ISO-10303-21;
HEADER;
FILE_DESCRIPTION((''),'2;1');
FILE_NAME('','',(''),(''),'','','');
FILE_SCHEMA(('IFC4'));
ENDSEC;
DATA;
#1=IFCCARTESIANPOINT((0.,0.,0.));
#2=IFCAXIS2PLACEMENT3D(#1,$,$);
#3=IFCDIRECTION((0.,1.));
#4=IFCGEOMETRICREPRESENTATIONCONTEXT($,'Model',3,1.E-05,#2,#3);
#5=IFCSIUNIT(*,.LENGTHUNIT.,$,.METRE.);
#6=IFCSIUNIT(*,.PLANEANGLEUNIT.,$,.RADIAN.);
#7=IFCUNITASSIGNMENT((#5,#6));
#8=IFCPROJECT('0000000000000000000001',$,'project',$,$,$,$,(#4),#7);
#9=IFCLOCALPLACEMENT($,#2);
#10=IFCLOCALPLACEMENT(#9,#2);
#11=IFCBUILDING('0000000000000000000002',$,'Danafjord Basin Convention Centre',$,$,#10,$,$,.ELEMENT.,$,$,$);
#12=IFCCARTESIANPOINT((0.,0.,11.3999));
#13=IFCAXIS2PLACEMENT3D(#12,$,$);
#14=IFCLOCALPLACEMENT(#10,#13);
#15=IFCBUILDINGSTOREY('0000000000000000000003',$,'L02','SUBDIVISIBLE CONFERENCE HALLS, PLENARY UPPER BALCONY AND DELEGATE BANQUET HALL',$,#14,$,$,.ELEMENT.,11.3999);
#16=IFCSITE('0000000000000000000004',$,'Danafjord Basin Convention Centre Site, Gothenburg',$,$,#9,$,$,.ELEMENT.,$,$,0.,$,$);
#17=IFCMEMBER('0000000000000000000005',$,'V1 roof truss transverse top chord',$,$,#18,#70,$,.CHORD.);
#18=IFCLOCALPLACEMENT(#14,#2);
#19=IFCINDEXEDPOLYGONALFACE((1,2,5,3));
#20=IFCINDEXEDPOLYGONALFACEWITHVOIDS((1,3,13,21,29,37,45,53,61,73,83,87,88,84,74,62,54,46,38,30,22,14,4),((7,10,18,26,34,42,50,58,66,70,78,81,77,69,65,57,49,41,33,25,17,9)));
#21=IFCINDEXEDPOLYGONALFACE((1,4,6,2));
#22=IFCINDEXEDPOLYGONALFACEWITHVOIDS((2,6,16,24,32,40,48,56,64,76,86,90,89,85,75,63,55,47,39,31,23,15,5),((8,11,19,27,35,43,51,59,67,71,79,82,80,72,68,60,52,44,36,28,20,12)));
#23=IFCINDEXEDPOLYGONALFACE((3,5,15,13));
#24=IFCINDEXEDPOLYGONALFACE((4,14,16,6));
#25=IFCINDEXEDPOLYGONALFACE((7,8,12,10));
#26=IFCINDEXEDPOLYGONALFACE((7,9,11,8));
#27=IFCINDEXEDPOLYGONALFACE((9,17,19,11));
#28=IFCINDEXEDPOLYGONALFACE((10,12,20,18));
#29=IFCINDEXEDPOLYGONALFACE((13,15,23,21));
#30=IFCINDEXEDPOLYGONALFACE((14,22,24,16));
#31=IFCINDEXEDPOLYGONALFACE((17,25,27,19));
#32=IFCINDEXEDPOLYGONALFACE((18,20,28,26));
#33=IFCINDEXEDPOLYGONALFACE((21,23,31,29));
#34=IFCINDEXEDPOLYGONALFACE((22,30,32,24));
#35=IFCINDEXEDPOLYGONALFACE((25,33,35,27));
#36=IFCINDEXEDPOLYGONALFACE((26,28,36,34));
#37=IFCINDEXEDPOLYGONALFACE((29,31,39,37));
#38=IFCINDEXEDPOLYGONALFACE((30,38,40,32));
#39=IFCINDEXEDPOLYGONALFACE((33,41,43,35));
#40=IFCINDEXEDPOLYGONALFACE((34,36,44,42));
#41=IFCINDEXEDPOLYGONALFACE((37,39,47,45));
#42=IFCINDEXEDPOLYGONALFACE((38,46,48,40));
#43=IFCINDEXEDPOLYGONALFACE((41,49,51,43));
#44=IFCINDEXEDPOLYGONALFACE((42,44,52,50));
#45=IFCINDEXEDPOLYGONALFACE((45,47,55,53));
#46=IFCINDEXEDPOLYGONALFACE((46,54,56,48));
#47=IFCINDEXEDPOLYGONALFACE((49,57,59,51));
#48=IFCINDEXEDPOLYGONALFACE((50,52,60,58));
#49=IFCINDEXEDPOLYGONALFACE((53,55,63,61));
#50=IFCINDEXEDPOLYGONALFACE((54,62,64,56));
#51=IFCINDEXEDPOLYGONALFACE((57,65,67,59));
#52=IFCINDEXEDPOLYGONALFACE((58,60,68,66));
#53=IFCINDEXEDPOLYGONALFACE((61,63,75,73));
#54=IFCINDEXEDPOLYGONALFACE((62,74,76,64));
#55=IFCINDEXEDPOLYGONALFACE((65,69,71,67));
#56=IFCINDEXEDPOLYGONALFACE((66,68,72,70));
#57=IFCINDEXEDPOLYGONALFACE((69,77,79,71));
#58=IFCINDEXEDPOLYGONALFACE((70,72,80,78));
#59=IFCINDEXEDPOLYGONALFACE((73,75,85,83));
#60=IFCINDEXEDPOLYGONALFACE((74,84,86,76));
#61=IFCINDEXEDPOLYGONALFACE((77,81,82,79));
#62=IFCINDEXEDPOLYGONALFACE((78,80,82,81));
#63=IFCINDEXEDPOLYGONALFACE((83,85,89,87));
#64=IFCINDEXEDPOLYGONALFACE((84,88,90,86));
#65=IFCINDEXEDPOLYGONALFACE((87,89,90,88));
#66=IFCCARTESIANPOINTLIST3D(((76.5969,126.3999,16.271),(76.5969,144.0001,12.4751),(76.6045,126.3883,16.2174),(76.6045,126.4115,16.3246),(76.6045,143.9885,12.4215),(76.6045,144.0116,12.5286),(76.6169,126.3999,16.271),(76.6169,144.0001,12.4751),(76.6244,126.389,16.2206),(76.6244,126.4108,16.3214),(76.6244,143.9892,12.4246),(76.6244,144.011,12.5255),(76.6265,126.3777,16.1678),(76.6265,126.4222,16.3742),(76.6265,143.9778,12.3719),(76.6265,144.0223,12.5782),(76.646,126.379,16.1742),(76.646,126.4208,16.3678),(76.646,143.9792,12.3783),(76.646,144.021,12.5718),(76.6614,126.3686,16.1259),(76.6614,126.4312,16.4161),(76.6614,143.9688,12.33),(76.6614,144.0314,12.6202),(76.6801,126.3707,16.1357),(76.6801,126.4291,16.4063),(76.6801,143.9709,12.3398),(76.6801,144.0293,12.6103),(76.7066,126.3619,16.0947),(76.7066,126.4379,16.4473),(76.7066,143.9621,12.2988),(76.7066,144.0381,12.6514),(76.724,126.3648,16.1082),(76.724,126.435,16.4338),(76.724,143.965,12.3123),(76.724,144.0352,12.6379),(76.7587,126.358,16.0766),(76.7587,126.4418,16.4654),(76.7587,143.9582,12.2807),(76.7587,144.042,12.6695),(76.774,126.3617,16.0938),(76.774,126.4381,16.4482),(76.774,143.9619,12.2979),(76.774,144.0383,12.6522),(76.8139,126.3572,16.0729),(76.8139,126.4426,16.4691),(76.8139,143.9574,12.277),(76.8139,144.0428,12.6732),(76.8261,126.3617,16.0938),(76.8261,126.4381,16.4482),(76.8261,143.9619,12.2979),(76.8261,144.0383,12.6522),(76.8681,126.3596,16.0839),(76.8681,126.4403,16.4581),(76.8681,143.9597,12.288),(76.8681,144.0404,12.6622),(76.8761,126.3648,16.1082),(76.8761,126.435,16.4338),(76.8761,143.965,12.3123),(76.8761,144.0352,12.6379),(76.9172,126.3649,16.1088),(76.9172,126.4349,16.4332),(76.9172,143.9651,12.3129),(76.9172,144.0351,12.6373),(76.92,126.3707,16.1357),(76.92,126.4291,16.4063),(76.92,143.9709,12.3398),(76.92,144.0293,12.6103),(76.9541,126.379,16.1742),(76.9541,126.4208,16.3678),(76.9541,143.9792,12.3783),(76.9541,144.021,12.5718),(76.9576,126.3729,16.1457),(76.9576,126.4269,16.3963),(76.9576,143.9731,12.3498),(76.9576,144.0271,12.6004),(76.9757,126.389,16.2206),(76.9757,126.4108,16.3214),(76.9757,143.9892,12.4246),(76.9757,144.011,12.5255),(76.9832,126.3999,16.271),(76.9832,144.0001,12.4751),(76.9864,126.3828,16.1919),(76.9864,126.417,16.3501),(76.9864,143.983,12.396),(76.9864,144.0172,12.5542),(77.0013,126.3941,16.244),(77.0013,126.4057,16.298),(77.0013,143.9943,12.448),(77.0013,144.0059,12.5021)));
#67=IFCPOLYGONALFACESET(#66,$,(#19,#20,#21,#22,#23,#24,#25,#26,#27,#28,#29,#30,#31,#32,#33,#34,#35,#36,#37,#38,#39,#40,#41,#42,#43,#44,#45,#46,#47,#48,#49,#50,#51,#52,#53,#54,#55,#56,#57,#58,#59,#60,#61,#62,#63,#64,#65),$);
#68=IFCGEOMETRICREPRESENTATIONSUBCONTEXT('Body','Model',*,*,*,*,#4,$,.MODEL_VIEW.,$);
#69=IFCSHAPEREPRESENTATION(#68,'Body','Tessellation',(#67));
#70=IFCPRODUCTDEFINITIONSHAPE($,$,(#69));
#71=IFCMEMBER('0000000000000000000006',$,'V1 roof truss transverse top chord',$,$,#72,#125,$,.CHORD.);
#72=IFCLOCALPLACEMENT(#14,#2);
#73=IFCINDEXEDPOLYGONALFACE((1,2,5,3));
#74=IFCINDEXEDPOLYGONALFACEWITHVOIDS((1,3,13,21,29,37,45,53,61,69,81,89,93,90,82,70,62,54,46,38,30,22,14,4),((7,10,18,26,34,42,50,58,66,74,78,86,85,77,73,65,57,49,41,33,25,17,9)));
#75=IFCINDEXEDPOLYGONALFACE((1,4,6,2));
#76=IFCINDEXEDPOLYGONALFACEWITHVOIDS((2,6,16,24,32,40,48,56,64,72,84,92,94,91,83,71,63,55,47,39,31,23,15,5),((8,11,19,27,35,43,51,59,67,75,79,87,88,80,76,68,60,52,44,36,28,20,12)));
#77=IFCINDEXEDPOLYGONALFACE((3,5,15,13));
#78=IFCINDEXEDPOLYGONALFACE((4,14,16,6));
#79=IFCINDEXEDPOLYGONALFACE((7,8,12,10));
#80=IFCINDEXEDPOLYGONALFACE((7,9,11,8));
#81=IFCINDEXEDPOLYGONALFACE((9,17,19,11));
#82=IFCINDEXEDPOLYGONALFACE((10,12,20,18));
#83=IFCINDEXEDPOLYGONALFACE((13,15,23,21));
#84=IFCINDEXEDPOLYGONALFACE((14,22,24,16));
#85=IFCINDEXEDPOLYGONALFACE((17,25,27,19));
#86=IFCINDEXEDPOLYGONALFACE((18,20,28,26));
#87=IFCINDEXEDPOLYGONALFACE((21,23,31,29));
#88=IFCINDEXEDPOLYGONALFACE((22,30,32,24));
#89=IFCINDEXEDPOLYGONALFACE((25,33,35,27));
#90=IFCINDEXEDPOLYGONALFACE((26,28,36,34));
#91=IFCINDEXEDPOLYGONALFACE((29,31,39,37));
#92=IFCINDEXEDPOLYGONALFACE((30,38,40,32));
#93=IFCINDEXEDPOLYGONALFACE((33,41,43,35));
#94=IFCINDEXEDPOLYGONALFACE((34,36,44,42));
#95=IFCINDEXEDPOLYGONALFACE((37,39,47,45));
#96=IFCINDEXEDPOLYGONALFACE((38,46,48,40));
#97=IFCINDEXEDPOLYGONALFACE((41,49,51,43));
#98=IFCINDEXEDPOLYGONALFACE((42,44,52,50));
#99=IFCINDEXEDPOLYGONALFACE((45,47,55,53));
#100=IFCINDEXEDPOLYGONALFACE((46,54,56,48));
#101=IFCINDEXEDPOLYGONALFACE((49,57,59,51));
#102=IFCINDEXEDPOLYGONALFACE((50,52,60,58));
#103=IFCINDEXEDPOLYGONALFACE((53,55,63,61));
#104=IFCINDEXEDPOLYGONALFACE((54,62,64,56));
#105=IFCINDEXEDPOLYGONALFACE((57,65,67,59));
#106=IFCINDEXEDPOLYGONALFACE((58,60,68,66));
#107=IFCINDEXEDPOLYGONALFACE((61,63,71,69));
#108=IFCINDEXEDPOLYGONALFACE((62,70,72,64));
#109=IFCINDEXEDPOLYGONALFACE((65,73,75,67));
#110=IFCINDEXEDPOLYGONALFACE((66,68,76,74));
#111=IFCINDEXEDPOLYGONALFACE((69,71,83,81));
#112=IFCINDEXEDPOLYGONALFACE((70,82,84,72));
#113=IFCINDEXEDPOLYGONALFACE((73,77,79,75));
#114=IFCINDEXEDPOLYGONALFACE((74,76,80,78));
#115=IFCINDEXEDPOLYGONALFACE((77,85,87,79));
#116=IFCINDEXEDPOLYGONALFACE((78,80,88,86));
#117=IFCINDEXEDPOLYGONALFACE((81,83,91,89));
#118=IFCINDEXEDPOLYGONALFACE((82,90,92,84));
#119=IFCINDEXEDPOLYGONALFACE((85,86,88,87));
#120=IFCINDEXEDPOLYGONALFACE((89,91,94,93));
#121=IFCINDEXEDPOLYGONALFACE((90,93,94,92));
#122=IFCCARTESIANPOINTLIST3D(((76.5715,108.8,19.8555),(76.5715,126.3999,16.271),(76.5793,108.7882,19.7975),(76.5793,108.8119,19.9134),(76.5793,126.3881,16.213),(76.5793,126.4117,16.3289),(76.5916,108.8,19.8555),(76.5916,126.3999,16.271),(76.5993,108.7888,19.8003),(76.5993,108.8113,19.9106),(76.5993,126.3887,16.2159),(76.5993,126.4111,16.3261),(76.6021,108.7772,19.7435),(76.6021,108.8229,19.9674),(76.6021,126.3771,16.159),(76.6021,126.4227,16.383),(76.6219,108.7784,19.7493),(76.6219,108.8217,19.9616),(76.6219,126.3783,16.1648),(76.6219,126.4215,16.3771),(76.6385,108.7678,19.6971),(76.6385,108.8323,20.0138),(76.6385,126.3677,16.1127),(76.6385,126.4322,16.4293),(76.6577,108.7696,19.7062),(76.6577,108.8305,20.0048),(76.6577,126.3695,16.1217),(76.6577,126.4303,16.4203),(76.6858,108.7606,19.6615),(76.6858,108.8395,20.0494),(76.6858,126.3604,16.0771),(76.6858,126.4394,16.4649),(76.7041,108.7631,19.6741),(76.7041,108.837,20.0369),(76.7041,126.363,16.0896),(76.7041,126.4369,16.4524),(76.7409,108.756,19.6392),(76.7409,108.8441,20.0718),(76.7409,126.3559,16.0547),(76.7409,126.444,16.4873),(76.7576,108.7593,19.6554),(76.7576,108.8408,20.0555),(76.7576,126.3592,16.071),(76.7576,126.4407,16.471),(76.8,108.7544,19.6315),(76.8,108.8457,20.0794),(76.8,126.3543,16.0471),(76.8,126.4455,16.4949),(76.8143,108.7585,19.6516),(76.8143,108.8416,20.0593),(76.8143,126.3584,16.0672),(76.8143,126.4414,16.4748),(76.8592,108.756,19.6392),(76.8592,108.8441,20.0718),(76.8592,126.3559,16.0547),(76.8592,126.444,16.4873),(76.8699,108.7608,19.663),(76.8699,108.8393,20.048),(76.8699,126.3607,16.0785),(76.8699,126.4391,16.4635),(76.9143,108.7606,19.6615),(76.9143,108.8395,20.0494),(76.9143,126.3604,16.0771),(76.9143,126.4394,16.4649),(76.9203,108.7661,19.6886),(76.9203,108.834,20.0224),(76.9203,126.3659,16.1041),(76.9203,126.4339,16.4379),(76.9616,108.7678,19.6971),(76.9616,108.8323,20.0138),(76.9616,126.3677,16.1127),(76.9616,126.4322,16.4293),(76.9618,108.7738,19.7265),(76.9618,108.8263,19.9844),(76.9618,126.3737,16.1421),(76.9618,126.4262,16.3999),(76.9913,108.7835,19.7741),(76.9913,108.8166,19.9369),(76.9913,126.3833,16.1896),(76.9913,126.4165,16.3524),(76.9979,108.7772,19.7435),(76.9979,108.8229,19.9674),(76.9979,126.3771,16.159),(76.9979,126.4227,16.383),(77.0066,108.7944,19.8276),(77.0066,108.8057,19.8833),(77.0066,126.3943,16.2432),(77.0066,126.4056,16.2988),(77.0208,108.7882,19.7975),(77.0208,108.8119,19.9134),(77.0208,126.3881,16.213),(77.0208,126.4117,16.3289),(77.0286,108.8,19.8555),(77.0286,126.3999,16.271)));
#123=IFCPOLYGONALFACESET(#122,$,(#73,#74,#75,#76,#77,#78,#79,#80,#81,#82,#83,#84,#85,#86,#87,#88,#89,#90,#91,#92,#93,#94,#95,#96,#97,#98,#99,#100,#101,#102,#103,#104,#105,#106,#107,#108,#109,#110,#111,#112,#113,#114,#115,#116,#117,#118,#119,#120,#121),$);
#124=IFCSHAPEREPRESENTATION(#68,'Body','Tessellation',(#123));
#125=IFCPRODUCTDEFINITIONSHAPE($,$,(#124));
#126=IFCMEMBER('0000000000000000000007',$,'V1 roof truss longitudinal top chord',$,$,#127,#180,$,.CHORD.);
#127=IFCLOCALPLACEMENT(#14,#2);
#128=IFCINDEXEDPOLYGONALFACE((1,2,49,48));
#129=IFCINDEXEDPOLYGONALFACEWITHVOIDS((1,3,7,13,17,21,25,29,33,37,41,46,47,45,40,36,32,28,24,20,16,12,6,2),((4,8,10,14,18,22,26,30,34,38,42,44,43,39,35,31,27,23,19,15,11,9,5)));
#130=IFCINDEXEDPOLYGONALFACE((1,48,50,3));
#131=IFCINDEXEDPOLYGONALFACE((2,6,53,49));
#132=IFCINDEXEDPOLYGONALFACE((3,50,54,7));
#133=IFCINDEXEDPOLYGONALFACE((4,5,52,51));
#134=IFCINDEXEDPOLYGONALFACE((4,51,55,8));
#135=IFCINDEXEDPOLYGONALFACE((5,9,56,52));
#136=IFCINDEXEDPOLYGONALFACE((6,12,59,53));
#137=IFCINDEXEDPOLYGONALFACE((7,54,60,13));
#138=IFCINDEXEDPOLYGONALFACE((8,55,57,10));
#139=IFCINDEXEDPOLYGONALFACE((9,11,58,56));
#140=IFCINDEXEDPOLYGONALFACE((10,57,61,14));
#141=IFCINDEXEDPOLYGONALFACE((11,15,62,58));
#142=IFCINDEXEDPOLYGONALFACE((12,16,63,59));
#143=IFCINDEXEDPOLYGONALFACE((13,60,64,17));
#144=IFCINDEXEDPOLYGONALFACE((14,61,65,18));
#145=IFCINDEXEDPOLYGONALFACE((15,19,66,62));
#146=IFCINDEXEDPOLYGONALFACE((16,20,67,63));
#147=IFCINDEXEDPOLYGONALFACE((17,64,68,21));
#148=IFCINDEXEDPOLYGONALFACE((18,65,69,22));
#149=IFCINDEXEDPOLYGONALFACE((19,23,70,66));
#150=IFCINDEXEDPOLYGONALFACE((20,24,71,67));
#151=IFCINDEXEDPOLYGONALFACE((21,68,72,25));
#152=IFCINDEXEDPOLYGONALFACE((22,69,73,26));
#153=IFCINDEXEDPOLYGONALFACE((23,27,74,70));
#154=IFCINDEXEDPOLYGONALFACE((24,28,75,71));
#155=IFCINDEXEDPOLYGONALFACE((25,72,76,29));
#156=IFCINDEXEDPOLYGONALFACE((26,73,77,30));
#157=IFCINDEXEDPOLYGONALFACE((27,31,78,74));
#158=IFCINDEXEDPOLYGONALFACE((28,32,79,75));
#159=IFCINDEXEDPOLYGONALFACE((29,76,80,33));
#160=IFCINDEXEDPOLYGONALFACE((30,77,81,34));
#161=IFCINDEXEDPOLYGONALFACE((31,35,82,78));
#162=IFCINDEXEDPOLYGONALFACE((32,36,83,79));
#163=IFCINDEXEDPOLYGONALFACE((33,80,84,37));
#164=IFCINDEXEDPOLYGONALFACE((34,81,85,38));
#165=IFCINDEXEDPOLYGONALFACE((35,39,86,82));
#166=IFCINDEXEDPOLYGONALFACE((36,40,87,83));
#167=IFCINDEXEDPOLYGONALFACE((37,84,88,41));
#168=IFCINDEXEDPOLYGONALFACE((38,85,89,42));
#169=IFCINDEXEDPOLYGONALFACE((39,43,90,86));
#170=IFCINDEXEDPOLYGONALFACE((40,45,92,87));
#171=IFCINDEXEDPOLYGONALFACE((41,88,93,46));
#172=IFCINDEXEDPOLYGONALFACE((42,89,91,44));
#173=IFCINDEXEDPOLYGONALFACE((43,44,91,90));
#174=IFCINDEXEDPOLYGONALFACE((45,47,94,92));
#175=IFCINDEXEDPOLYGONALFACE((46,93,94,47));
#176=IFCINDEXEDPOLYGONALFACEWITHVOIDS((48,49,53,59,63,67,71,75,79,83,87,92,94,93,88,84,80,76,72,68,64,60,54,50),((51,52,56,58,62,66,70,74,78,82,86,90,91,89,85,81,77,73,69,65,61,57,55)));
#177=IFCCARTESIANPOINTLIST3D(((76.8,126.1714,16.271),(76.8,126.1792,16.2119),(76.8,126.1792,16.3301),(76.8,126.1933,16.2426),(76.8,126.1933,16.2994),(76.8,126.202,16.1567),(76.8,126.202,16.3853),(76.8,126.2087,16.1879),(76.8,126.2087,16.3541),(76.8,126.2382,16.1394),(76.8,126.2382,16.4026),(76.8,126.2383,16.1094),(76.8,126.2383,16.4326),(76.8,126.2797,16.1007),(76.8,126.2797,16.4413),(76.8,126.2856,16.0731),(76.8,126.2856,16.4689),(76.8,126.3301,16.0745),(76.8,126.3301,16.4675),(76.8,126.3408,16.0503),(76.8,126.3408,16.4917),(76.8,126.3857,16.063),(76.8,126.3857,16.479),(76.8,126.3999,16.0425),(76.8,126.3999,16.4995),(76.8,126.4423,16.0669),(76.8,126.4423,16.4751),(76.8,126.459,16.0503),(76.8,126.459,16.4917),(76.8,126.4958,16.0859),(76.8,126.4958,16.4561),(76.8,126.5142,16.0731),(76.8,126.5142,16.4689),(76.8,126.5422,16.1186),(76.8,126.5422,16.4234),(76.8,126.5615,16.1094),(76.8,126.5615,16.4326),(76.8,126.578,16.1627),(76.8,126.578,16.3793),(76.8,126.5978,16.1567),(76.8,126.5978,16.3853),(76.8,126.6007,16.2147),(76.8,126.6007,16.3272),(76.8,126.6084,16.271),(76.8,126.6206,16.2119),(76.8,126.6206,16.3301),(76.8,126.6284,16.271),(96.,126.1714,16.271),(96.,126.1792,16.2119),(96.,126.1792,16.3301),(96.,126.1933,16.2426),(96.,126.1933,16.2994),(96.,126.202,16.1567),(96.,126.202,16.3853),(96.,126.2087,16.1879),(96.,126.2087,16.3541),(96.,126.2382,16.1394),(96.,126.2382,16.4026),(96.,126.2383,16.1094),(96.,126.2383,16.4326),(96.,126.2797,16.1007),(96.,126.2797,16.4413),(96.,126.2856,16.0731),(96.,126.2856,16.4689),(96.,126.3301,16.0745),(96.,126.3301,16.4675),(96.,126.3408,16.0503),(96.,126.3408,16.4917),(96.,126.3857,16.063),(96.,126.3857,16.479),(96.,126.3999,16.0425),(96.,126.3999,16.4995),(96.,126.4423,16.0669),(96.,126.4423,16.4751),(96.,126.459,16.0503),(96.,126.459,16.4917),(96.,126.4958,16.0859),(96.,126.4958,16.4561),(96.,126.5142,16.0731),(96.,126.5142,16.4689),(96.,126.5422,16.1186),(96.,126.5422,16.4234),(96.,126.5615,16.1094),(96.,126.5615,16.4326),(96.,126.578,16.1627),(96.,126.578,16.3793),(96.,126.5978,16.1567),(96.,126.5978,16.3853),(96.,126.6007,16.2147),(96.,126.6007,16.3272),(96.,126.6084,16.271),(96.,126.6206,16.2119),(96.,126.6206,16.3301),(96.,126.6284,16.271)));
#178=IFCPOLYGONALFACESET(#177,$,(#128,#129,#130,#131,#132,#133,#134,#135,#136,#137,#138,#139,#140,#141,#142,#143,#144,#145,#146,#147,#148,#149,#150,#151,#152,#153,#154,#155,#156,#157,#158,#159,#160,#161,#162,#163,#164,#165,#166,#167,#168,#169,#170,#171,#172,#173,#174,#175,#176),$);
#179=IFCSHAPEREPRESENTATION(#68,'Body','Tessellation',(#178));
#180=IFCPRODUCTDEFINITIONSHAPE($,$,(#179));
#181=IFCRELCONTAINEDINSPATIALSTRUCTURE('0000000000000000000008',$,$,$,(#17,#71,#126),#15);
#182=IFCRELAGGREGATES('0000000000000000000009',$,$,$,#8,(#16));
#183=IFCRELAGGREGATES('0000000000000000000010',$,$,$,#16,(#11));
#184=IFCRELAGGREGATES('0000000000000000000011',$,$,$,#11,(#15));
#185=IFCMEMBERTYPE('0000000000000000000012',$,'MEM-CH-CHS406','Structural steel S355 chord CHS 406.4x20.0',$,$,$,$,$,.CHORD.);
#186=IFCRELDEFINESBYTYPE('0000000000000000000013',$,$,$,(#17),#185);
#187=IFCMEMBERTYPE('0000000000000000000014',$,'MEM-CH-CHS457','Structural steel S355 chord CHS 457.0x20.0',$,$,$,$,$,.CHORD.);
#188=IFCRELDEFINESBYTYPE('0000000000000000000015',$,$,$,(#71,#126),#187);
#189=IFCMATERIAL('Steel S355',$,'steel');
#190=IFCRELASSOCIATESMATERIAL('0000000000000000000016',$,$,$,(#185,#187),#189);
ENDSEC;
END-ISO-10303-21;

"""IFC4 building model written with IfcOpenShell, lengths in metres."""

from ifc_helpers import new_model, si_unit, direction, frame, origin, origin_2d, place, context, subcontext, project, spatial, hollow_circle, extrude, material, material_profile, profile_set, type_object, element, save


model = new_model("IFC4")

# Units and contexts
model_context = context("Model", 3, precision=1e-05, world=origin(), true_north=direction((0.0, 1.0)))
body_context = subcontext(model_context, "Body", "Model", "MODEL_VIEW")
ifc_project = project(units=[si_unit("LENGTHUNIT", "METRE"), si_unit("PLANEANGLEUNIT", "RADIAN")], contexts=[model_context])

# Site, building, storey
site_placement = place(None, origin())
site = spatial("IfcSite", under=ifc_project, at=site_placement, Name="Danafjord Basin Convention Centre Site, Gothenburg", CompositionType="ELEMENT", RefElevation=0.0)
building_placement = place(site_placement, origin())
building = spatial("IfcBuilding", under=site, at=building_placement, Name="Danafjord Basin Convention Centre", CompositionType="ELEMENT")
storey_placement = place(building_placement, frame((0.0, 0.0, 11.3999)))
storey = spatial("IfcBuildingStorey", under=building, at=storey_placement, Name="L02", Description="SUBDIVISIBLE CONFERENCE HALLS, PLENARY UPPER BALCONY AND DELEGATE BANQUET HALL", CompositionType="ELEMENT", Elevation=11.3999)

# Shared definitions
ifc_material_1 = material(Name="Steel S355", Category="steel")

# Members
ifc_material_profile_1 = material_profile(ifc_material_1, hollow_circle(Radius=0.2031, WallThickness=0.02, at=origin_2d()), Name="CHS 406.4x20.0")
ifc_profile_set_1 = profile_set([ifc_material_profile_1], Name="Steel S355")
member_type_1 = type_object("IfcMemberType", Name="MEM-CH-CHS406", Description="Structural steel S355 chord CHS 406.4x20.0", PredefinedType="CHORD", material=ifc_profile_set_1)
member_1_placement = place(storey_placement, frame((76.8, 126.3999, 16.271), z_axis=(0.0, 0.977523, -0.210827), x_axis=(-1.0, 0.0, 0.0)))
element("IfcMember", 1, at=member_1_placement, inside=storey, type_object=member_type_1, Name="V1 roof truss transverse top chord", PredefinedType="CHORD", context=body_context, shape_type="SweptSolid", body=[
    extrude(hollow_circle(Radius=0.2031, WallThickness=0.02, at=origin_2d()), origin(), (0.0, 0.0, 1.0), 18.0049),
])
ifc_material_profile_2 = material_profile(ifc_material_1, hollow_circle(Radius=0.2285, WallThickness=0.02, at=origin_2d()), Name="CHS 457.0x20.0")
ifc_profile_set_2 = profile_set([ifc_material_profile_2], Name="Steel S355")
member_type_2 = type_object("IfcMemberType", Name="MEM-CH-CHS457", Description="Structural steel S355 chord CHS 457.0x20.0", PredefinedType="CHORD", material=ifc_profile_set_2)
member_2_placement = place(storey_placement, frame((76.8, 108.8, 19.8555), z_axis=(0.0, 0.979884, -0.199568), x_axis=(-1.0, 0.0, 0.0)))
element("IfcMember", 2, at=member_2_placement, inside=storey, type_object=member_type_2, Name="V1 roof truss transverse top chord", PredefinedType="CHORD", context=body_context, shape_type="SweptSolid", body=[
    extrude(hollow_circle(Radius=0.2285, WallThickness=0.02, at=origin_2d()), origin(), (0.0, 0.0, 1.0), 17.9612),
])
member_3_placement = place(storey_placement, frame((76.8, 126.3999, 16.271), z_axis=(1.0, 0.0, 0.0), x_axis=(0.0, 1.0, 0.0)))
element("IfcMember", 3, at=member_3_placement, inside=storey, type_object=member_type_2, Name="V1 roof truss longitudinal top chord", PredefinedType="CHORD", context=body_context, shape_type="SweptSolid", body=[
    extrude(hollow_circle(Radius=0.2285, WallThickness=0.02, at=origin_2d()), origin(), (0.0, 0.0, 1.0), 19.2),
])

save(model, "model.ifc")
